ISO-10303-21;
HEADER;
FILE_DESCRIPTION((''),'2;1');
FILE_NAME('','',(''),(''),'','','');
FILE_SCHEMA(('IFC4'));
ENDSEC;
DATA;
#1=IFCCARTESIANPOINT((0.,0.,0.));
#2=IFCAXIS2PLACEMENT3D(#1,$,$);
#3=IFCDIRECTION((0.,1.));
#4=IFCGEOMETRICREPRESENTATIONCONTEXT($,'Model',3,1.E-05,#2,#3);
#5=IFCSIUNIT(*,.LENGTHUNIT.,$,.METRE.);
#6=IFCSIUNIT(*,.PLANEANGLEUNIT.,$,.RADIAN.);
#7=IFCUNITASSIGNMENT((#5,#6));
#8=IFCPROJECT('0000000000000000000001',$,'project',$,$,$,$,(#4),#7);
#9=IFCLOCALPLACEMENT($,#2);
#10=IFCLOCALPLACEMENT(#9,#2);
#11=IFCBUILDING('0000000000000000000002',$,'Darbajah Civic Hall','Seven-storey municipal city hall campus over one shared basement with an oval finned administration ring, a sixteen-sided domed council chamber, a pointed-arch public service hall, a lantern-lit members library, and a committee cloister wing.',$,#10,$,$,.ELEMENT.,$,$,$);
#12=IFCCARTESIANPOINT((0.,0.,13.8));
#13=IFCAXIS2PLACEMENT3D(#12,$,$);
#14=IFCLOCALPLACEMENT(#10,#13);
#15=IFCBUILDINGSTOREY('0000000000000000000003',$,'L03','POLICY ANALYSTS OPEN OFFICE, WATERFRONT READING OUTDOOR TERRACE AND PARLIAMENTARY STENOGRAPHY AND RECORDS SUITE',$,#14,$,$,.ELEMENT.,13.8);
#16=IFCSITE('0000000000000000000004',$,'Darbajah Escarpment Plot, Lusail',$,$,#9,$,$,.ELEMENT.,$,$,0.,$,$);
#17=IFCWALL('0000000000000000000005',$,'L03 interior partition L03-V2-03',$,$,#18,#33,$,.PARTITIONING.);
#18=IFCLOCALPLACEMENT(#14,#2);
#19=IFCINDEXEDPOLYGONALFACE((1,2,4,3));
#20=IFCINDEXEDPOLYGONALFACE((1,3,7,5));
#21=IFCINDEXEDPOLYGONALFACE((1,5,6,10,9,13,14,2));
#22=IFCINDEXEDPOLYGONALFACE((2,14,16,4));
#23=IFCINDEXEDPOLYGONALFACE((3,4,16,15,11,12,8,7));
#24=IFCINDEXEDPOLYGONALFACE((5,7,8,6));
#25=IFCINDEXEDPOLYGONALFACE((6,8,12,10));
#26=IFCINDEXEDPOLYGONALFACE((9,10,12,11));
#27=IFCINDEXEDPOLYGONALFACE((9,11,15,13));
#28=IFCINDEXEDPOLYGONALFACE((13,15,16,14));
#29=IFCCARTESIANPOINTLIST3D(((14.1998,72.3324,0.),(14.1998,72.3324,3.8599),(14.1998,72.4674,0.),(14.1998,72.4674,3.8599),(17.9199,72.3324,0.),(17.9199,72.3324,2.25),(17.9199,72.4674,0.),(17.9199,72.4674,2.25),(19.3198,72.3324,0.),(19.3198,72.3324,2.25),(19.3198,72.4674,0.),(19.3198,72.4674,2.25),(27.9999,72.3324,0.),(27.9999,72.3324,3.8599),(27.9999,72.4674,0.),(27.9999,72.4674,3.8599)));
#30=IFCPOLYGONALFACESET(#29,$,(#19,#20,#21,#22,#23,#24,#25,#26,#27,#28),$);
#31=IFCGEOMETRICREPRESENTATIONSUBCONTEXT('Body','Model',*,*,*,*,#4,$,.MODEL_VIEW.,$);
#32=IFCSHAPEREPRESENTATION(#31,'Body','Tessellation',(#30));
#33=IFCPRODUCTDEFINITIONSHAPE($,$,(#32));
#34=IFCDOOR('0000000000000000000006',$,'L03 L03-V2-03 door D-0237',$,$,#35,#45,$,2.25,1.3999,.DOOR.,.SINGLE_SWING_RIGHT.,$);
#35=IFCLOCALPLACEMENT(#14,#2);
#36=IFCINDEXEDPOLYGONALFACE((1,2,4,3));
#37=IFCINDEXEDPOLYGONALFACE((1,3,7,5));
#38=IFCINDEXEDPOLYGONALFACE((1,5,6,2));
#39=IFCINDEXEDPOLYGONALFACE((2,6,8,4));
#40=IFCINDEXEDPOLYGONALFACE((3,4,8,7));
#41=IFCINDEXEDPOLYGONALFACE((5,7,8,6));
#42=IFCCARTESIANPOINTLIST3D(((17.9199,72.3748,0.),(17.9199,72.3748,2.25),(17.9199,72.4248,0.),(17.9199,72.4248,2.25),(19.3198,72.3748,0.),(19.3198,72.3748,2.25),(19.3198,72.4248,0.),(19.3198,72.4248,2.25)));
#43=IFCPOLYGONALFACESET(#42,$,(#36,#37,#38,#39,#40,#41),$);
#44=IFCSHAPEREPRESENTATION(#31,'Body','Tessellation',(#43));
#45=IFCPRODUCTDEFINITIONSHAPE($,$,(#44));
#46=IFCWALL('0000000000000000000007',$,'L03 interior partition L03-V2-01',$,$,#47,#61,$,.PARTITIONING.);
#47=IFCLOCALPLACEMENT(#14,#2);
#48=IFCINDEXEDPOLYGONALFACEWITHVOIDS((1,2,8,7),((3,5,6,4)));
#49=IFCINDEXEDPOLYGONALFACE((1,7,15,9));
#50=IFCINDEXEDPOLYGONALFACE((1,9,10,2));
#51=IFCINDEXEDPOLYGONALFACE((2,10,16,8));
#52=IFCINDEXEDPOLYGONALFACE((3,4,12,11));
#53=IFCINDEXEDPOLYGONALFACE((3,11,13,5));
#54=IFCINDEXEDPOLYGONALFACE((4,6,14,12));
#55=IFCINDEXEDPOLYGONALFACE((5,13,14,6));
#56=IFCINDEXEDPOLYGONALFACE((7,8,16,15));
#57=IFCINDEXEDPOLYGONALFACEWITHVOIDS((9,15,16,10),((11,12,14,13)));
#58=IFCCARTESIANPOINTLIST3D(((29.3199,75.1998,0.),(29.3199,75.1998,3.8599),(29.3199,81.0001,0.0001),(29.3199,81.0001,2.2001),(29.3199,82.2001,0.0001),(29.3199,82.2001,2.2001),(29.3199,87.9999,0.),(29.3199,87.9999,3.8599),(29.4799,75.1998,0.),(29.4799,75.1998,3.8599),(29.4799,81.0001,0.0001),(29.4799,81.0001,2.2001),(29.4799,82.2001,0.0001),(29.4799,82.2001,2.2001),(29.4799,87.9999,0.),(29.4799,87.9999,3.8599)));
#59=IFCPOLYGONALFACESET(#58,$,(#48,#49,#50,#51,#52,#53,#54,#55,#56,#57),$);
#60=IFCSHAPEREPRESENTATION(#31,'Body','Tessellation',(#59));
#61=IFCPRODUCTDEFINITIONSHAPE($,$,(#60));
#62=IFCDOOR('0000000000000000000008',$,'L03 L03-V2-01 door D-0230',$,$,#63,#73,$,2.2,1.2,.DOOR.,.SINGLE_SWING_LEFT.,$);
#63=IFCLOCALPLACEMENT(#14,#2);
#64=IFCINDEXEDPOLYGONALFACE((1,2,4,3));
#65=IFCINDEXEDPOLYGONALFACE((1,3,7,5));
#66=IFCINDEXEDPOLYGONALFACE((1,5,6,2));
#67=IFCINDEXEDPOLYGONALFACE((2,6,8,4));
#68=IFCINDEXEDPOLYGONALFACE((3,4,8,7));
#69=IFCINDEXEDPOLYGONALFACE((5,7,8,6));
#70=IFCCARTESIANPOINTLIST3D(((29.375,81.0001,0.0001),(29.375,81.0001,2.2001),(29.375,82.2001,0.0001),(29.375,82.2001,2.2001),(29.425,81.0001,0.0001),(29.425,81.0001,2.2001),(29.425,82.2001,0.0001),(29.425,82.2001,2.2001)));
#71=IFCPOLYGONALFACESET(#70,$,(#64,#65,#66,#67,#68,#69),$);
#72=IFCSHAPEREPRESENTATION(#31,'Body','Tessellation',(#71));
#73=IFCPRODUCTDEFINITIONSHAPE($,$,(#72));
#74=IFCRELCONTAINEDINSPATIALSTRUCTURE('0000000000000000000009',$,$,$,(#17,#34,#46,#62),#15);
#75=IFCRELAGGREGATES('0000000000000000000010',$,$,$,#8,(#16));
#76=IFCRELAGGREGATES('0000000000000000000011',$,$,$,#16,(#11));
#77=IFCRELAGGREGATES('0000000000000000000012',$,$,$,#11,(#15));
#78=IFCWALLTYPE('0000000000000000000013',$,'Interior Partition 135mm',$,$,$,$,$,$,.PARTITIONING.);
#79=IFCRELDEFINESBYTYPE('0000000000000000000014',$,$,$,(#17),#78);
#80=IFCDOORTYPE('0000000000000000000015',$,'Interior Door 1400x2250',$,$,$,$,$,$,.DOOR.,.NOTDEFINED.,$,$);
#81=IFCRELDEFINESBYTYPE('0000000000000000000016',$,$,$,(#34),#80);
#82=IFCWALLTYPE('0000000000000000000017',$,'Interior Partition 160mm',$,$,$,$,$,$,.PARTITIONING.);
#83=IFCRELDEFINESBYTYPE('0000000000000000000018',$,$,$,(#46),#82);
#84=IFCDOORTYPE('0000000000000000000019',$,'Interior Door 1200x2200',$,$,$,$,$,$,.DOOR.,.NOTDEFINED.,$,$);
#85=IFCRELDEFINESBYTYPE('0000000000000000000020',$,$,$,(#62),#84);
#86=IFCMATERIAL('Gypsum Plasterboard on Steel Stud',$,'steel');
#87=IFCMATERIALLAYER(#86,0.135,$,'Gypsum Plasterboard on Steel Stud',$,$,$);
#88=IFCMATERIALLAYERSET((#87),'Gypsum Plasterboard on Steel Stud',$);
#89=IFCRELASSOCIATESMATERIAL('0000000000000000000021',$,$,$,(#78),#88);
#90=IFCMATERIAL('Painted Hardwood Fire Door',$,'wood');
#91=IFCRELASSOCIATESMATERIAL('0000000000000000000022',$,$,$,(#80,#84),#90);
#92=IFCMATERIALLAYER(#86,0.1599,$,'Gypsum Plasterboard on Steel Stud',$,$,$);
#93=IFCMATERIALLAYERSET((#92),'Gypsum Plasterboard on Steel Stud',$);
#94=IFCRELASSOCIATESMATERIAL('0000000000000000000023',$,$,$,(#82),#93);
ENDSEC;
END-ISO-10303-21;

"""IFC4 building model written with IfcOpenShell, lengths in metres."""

from ifc_helpers import new_model, si_unit, direction, frame, frame_2d, origin, place, context, subcontext, project, spatial, rectangle, extrude, material, layer, layer_set, type_object, element, fill, save


model = new_model("IFC4")

# Units and contexts
model_context = context("Model", 3, precision=1e-05, world=origin(), true_north=direction((0.0, 1.0)))
body_context = subcontext(model_context, "Body", "Model", "MODEL_VIEW")
ifc_project = project(units=[si_unit("LENGTHUNIT", "METRE"), si_unit("PLANEANGLEUNIT", "RADIAN")], contexts=[model_context])

# Site, building, storey
site_placement = place(None, origin())
site = spatial("IfcSite", under=ifc_project, at=site_placement, Name="Darbajah Escarpment Plot, Lusail", CompositionType="ELEMENT", RefElevation=0.0)
building_placement = place(site_placement, origin())
building = spatial("IfcBuilding", under=site, at=building_placement, Name="Darbajah Civic Hall", Description="Seven-storey municipal city hall campus over one shared basement with an oval finned administration ring, a sixteen-sided domed council chamber, a pointed-arch public service hall, a lantern-lit members library, and a committee cloister wing.", CompositionType="ELEMENT")
storey_placement = place(building_placement, frame((0.0, 0.0, 13.8)))
storey = spatial("IfcBuildingStorey", under=building, at=storey_placement, Name="L03", Description="POLICY ANALYSTS OPEN OFFICE, WATERFRONT READING OUTDOOR TERRACE AND PARLIAMENTARY STENOGRAPHY AND RECORDS SUITE", CompositionType="ELEMENT", Elevation=13.8)

# Walls, openings, doors
ifc_material_1 = material(Name="Gypsum Plasterboard on Steel Stud", Category="steel")
ifc_layer_1 = layer(ifc_material_1, 0.135, Name="Gypsum Plasterboard on Steel Stud")
ifc_layer_set_1 = layer_set([ifc_layer_1], Name="Gypsum Plasterboard on Steel Stud")
wall_type_1 = type_object("IfcWallType", Name="Interior Partition 135mm", PredefinedType="PARTITIONING", material=ifc_layer_set_1)
wall_1_placement = place(storey_placement, frame((14.2, 72.3999, 0.0), z_axis=(0.0, 0.0, 1.0), x_axis=(1.0, 0.0, 0.0)))
wall_1 = element("IfcWall", 1, at=wall_1_placement, inside=storey, type_object=wall_type_1, Name="L03 interior partition L03-V2-03", PredefinedType="PARTITIONING", context=body_context, shape_type="SweptSolid", body=[
    extrude(rectangle(XDim=13.8, YDim=0.135, at=frame_2d((6.8999, 0.0))), origin(), (0.0, 0.0, 1.0), 3.8599),
])
opening_1_placement = place(wall_1_placement, frame((3.72, 0.0, 0.0)))
opening_1 = element("IfcOpeningElement", 2, at=opening_1_placement, cuts=wall_1, PredefinedType="OPENING", context=body_context, shape_type="SweptSolid", body=[
    extrude(rectangle(XDim=1.3999, YDim=2.25, at=frame_2d((0.7, 1.125))), frame((0.0, 0.0774, 0.0), z_axis=(0.0, -1.0, 0.0), x_axis=(1.0, 0.0, 0.0)), (0.0, 0.0, 1.0), 0.155),
])
ifc_material_2 = material(Name="Painted Hardwood Fire Door", Category="wood")
door_type_1 = type_object("IfcDoorType", Name="Interior Door 1400x2250", OperationType="NOTDEFINED", PredefinedType="DOOR", material=ifc_material_2)
door_1_placement = place(opening_1_placement, origin())
door_1 = element("IfcDoor", 3, at=door_1_placement, inside=storey, type_object=door_type_1, Name="L03 L03-V2-03 door D-0237", OperationType="SINGLE_SWING_RIGHT", OverallHeight=2.25, OverallWidth=1.3999, PredefinedType="DOOR", context=body_context, shape_type="SweptSolid", body=[
    extrude(rectangle(XDim=1.3999, YDim=2.25, at=frame_2d((0.7, 1.125))), frame((0.0, 0.0249, 0.0), z_axis=(0.0, -1.0, 0.0), x_axis=(1.0, 0.0, 0.0)), (0.0, 0.0, 1.0), 0.05),
])
fill(opening_1, door_1)
ifc_layer_2 = layer(ifc_material_1, 0.1599, Name="Gypsum Plasterboard on Steel Stud")
ifc_layer_set_2 = layer_set([ifc_layer_2], Name="Gypsum Plasterboard on Steel Stud")
wall_type_2 = type_object("IfcWallType", Name="Interior Partition 160mm", PredefinedType="PARTITIONING", material=ifc_layer_set_2)
wall_2_placement = place(storey_placement, frame((29.3999, 75.2, 0.0), z_axis=(0.0, 0.0, 1.0), x_axis=(0.0, 1.0, 0.0)))
wall_2 = element("IfcWall", 4, at=wall_2_placement, inside=storey, type_object=wall_type_2, Name="L03 interior partition L03-V2-01", PredefinedType="PARTITIONING", context=body_context, shape_type="SweptSolid", body=[
    extrude(rectangle(XDim=12.8, YDim=0.1599, at=frame_2d((6.3999, 0.0))), origin(), (0.0, 0.0, 1.0), 3.8599),
])
opening_2_placement = place(wall_2_placement, frame((5.8, 0.0, 0.0)))
opening_2 = element("IfcOpeningElement", 5, at=opening_2_placement, cuts=wall_2, PredefinedType="OPENING", context=body_context, shape_type="SweptSolid", body=[
    extrude(rectangle(XDim=1.2, YDim=2.2, at=frame_2d((0.6001, 1.1001))), frame((0.0, 0.0898, 0.0), z_axis=(0.0, -1.0, 0.0), x_axis=(1.0, 0.0, 0.0)), (0.0, 0.0, 1.0), 0.1799),
])
door_type_2 = type_object("IfcDoorType", Name="Interior Door 1200x2200", OperationType="NOTDEFINED", PredefinedType="DOOR", material=ifc_material_2)
door_2_placement = place(opening_2_placement, origin())
door_2 = element("IfcDoor", 6, at=door_2_placement, inside=storey, type_object=door_type_2, Name="L03 L03-V2-01 door D-0230", OperationType="SINGLE_SWING_LEFT", OverallHeight=2.2, OverallWidth=1.2, PredefinedType="DOOR", context=body_context, shape_type="SweptSolid", body=[
    extrude(rectangle(XDim=1.2, YDim=2.2, at=frame_2d((0.6001, 1.1001))), frame((0.0, 0.0249, 0.0), z_axis=(0.0, -1.0, 0.0), x_axis=(1.0, 0.0, 0.0)), (0.0, 0.0, 1.0), 0.05),
])
fill(opening_2, door_2)

save(model, "model.ifc")
